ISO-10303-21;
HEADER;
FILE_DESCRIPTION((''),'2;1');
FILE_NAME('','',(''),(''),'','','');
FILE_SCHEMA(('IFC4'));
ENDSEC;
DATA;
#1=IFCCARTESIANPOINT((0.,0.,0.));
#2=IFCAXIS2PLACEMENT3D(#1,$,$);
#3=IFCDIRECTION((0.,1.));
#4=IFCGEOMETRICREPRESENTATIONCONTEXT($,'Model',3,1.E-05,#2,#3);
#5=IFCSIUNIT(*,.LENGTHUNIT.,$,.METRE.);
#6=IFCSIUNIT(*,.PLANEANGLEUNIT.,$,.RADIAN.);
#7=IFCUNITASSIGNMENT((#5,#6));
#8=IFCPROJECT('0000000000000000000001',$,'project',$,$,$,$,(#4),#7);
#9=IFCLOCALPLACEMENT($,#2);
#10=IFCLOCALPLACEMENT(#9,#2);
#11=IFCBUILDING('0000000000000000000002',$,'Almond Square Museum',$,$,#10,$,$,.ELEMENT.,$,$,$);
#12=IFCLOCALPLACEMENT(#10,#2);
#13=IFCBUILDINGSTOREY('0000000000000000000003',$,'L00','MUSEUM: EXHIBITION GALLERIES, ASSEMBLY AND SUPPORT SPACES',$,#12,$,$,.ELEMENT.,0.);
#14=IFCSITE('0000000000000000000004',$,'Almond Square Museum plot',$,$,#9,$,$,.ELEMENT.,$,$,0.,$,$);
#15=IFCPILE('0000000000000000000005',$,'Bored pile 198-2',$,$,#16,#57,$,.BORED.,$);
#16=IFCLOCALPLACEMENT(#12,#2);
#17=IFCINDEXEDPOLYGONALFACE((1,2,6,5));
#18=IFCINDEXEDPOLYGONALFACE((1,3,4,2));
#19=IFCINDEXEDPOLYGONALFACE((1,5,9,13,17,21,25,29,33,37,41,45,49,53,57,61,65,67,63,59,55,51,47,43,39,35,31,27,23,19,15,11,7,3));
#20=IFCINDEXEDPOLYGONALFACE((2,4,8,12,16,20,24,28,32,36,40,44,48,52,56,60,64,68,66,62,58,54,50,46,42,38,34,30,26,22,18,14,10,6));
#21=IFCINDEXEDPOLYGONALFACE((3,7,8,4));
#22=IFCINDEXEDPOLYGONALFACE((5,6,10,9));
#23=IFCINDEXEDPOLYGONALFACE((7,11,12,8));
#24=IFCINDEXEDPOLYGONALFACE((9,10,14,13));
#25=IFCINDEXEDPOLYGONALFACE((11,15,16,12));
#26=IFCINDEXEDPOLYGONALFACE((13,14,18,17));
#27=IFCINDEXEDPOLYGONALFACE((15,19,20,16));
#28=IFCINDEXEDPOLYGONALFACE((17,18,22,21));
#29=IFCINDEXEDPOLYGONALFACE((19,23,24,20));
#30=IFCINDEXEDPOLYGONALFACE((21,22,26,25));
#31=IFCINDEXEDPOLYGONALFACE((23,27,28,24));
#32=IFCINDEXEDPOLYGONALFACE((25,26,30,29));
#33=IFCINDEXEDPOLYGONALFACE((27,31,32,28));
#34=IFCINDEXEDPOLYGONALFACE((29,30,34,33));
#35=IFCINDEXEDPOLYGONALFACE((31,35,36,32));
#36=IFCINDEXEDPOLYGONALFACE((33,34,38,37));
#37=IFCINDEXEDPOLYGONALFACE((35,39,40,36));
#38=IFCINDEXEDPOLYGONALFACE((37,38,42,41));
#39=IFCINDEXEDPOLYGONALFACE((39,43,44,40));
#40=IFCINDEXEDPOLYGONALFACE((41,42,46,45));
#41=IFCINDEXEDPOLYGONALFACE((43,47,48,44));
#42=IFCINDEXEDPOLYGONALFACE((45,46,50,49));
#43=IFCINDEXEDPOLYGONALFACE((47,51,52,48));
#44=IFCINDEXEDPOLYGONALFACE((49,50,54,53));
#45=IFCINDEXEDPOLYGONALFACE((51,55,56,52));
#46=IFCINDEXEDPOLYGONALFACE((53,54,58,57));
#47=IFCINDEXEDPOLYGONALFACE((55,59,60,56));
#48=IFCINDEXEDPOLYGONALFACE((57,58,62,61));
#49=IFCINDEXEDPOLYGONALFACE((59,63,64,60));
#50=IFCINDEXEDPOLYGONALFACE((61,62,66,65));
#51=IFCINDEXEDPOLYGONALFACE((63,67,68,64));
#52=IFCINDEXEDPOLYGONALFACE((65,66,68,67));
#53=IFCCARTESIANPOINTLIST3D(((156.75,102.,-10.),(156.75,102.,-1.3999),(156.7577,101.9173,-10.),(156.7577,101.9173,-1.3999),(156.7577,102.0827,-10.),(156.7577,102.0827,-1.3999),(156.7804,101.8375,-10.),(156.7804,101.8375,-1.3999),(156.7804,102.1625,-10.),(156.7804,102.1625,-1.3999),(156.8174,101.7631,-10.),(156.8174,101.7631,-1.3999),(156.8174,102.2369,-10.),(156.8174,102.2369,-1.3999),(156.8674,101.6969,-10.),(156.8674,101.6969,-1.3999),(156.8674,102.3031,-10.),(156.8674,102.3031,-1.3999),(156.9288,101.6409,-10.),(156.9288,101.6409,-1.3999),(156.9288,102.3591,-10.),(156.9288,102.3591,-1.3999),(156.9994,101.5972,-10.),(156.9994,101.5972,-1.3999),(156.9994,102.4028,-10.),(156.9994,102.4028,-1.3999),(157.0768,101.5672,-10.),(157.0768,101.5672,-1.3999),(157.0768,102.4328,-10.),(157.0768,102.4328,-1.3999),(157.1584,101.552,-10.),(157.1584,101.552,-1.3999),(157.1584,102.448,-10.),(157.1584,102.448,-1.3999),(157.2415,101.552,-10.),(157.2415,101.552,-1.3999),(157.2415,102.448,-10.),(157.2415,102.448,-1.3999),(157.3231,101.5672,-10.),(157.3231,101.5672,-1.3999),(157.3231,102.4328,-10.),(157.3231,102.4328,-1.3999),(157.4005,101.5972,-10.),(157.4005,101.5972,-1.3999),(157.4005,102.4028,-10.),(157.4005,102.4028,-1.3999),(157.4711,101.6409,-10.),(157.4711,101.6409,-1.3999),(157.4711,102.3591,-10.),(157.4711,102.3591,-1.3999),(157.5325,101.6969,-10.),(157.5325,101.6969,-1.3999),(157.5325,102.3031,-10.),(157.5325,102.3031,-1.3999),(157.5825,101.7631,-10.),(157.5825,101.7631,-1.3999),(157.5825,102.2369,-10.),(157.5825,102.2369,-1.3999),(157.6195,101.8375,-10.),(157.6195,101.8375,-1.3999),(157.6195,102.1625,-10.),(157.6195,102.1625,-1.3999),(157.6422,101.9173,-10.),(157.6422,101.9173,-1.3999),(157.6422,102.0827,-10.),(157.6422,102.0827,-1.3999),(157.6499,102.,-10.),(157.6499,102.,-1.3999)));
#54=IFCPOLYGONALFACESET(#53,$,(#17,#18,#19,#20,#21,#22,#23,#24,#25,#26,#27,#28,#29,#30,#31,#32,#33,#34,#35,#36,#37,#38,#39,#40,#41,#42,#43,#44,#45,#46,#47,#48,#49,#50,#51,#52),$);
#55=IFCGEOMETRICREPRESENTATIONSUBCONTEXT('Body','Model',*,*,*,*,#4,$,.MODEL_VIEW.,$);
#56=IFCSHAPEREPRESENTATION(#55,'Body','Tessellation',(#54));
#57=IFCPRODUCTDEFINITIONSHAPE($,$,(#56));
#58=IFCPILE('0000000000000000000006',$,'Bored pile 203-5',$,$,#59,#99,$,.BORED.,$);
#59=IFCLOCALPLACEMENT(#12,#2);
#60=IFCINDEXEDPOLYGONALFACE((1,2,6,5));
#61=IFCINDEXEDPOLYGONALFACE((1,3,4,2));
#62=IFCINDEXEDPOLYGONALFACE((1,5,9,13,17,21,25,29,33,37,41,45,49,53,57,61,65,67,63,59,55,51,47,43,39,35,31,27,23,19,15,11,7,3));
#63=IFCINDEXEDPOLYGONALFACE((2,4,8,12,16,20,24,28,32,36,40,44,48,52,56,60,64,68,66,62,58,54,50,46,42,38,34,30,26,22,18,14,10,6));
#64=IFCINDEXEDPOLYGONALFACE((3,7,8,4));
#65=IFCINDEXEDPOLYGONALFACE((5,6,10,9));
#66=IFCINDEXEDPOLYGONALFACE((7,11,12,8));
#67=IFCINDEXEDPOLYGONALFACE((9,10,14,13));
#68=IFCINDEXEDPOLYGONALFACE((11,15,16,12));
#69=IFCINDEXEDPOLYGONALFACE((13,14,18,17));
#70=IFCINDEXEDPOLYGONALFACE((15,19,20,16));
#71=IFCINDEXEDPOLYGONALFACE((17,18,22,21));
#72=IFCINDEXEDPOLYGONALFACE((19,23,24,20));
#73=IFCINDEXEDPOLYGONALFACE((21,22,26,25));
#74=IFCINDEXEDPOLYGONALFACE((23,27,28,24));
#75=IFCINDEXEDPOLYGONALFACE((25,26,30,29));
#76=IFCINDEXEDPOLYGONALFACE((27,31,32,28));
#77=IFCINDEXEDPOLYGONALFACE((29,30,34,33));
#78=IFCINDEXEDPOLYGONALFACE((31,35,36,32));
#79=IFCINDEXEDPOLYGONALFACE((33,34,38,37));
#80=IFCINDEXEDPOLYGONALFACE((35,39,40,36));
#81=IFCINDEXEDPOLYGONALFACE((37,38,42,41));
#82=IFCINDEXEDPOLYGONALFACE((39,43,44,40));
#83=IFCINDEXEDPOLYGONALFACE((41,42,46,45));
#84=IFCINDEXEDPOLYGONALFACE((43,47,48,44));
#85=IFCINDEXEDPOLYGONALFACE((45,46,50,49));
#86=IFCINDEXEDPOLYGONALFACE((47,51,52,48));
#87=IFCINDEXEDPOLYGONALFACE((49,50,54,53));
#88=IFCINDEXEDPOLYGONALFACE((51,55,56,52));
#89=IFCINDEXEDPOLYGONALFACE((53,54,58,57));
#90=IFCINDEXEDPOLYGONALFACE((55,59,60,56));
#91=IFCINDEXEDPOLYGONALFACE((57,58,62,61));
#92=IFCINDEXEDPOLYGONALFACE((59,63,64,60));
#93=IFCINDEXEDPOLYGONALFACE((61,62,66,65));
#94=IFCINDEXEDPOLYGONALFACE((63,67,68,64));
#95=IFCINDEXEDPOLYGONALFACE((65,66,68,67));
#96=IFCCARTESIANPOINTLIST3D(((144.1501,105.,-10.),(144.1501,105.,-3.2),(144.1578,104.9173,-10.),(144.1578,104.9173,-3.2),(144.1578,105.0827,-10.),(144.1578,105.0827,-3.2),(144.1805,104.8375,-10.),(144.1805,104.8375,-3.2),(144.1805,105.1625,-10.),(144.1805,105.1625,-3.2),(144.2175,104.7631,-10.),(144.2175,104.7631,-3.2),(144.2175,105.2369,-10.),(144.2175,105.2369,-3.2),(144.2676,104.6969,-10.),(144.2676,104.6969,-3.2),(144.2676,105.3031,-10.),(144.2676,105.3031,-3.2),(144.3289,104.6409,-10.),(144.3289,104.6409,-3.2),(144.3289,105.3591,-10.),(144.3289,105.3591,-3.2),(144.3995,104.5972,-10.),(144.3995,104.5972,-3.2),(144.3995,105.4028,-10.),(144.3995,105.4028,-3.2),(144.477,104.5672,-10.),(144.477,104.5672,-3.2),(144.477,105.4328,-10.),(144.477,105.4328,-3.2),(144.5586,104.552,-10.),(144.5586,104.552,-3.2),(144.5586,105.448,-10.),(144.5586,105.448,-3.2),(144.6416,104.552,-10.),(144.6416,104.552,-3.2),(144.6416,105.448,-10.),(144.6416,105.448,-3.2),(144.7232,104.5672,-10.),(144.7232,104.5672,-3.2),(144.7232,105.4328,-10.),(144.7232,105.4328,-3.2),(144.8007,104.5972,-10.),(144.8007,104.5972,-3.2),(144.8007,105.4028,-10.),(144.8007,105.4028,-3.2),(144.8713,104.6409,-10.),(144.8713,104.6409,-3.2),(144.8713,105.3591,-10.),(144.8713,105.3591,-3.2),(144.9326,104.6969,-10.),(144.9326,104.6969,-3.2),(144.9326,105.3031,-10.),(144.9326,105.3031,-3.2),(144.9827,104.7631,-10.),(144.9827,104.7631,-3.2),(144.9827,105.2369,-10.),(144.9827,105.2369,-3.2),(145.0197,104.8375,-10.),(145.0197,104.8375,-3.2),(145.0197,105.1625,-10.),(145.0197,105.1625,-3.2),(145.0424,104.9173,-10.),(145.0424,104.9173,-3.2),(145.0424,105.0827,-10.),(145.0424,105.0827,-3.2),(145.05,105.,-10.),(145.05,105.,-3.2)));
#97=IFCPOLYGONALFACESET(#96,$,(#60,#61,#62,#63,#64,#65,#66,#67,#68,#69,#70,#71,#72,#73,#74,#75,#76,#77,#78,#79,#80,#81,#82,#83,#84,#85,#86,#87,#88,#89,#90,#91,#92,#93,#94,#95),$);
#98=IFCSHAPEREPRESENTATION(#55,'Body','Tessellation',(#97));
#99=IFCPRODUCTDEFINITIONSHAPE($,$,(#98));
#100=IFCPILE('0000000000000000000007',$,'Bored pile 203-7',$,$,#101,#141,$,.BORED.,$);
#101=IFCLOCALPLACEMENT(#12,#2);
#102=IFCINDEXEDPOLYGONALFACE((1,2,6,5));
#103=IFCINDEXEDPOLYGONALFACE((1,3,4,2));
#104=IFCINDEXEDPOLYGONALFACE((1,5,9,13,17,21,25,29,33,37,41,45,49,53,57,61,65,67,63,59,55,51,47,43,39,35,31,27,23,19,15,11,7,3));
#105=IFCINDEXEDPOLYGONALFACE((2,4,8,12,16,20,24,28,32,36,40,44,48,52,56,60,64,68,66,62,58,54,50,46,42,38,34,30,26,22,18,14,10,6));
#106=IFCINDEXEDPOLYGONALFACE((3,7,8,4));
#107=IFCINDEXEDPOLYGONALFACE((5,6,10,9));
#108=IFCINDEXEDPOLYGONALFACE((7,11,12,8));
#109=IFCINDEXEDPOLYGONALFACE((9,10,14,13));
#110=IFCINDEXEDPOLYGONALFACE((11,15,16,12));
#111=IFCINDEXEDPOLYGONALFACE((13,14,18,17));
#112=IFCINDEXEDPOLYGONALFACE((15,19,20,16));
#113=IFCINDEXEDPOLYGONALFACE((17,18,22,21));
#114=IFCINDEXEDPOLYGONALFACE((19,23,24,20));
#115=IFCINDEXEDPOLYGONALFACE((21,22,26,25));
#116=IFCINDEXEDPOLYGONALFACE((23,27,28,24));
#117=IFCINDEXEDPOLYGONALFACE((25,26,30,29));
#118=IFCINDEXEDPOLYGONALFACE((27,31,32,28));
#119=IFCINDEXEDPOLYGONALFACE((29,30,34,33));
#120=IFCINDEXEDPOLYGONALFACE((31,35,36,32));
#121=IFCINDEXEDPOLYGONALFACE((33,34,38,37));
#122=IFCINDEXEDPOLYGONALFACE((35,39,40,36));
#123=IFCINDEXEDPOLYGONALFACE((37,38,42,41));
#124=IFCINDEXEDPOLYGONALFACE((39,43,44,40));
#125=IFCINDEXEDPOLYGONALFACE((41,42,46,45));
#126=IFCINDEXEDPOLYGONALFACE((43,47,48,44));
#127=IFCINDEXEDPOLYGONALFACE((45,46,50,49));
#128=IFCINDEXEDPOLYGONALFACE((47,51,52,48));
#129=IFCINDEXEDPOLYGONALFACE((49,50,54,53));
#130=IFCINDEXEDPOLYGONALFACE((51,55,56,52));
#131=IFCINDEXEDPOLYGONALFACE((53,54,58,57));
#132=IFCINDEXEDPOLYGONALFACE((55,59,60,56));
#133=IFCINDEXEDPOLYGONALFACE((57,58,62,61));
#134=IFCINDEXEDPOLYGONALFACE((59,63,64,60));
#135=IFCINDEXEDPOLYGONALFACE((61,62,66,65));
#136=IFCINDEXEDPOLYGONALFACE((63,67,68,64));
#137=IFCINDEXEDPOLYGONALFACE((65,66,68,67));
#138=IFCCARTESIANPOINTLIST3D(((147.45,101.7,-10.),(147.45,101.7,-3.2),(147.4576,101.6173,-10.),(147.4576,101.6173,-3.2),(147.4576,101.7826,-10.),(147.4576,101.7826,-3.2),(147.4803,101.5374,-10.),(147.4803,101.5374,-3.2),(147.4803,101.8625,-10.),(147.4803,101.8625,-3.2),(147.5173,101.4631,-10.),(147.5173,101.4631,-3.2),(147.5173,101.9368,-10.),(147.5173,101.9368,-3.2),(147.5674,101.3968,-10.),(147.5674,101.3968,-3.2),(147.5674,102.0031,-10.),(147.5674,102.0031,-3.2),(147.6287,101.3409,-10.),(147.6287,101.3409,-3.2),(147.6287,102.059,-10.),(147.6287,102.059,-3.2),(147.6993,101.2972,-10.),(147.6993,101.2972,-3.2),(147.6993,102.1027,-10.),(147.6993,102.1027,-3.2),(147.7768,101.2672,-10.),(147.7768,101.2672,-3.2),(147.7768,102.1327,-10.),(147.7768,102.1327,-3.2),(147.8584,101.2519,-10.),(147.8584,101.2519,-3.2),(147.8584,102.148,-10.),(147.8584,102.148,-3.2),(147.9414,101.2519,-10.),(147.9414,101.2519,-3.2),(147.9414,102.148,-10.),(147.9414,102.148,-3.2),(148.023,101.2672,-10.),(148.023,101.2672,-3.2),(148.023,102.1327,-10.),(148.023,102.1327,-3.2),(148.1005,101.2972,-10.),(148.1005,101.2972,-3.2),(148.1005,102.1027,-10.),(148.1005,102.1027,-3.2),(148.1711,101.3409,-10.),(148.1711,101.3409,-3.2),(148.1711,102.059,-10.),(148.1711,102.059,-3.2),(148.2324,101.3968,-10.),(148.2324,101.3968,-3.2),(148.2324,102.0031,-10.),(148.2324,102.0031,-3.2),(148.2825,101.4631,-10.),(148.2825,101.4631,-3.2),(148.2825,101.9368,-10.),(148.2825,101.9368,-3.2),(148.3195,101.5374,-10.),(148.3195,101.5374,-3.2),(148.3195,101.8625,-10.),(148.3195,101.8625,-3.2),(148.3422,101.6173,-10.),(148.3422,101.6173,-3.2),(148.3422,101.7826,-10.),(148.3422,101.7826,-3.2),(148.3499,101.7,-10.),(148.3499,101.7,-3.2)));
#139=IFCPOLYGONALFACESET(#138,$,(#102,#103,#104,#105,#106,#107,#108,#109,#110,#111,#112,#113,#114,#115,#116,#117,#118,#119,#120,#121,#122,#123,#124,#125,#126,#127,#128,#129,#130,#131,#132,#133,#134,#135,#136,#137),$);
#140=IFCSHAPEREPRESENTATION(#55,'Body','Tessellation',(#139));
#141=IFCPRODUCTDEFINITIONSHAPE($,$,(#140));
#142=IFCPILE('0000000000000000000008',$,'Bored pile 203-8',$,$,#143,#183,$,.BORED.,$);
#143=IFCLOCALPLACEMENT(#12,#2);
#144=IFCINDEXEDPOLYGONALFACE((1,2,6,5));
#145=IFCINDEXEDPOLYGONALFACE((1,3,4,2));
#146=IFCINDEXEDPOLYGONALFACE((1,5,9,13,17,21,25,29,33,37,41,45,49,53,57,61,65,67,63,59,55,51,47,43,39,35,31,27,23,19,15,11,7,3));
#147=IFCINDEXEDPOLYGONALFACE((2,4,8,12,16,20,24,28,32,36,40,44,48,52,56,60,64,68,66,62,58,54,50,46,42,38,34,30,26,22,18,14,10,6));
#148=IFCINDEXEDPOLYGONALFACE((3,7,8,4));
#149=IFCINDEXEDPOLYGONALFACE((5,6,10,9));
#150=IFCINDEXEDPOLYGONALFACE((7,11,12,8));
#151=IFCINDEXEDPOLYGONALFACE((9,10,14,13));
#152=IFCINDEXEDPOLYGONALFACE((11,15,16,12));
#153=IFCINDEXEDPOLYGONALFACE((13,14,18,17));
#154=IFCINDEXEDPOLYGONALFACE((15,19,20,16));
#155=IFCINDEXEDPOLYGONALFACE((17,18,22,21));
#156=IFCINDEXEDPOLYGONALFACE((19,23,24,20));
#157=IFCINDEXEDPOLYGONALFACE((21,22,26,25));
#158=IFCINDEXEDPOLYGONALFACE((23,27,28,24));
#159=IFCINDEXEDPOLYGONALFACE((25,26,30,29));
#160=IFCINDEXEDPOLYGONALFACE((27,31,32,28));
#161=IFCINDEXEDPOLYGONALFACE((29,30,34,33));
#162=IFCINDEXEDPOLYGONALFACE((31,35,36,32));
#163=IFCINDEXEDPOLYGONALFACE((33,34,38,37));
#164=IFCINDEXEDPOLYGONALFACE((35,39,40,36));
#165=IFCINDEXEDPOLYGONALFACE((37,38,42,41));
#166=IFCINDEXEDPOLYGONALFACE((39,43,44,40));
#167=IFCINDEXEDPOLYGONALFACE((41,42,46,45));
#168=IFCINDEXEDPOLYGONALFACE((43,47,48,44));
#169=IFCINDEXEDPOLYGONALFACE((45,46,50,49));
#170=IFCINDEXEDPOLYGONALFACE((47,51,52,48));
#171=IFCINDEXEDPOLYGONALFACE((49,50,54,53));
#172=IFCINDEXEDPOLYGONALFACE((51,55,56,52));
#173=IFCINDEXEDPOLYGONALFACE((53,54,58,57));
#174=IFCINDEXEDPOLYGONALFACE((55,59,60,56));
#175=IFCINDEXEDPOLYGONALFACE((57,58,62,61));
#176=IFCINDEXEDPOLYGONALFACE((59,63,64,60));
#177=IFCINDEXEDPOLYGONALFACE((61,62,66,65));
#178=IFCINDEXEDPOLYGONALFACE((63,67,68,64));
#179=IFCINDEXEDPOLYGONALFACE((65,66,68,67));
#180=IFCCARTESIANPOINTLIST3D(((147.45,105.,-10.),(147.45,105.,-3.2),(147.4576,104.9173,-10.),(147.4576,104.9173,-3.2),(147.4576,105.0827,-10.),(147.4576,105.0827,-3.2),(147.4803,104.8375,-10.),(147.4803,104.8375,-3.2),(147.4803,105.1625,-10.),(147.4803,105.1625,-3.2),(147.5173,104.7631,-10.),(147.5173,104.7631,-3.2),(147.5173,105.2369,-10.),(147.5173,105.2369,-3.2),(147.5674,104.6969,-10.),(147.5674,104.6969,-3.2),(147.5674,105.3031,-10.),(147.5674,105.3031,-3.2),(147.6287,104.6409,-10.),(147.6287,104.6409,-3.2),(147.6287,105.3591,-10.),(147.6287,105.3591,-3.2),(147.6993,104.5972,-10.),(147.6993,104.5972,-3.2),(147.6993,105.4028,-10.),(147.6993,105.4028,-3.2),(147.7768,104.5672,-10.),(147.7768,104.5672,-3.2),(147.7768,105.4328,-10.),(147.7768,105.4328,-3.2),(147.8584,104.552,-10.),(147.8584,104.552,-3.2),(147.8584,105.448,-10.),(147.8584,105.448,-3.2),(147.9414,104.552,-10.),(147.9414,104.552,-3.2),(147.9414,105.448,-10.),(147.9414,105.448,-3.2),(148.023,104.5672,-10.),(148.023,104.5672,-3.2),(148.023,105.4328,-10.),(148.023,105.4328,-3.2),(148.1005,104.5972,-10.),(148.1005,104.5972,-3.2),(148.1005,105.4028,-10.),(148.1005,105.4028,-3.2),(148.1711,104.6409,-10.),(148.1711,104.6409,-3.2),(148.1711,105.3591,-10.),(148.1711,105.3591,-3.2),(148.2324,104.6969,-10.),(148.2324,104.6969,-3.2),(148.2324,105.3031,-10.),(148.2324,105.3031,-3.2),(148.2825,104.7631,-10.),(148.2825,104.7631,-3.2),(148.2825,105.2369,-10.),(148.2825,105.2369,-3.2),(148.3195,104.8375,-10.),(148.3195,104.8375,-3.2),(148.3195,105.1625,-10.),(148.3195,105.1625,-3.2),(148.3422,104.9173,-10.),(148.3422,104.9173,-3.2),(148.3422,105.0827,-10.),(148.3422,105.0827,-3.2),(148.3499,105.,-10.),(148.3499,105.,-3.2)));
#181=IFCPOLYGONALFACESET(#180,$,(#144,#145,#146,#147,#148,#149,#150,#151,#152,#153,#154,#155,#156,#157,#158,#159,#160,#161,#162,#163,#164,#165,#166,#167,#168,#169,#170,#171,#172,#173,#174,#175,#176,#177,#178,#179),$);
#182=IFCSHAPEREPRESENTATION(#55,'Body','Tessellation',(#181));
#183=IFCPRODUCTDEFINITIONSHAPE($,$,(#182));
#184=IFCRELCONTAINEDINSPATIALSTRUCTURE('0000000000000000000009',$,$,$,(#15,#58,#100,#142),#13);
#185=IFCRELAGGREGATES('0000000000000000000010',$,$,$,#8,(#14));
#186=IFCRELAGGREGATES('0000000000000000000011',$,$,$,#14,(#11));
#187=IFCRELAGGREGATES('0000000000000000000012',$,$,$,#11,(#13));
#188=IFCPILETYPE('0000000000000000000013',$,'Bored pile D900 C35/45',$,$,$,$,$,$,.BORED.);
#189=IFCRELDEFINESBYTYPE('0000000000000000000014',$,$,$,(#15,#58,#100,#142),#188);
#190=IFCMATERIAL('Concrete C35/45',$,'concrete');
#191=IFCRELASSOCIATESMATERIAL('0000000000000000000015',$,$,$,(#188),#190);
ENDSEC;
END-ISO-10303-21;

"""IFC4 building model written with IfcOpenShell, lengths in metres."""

from ifc_helpers import new_model, si_unit, direction, frame, origin, origin_2d, place, context, subcontext, project, spatial, circle, extrude, material, material_profile, profile_set, type_object, element, save


model = new_model("IFC4")

# Units and contexts
model_context = context("Model", 3, precision=1e-05, world=origin(), true_north=direction((0.0, 1.0)))
body_context = subcontext(model_context, "Body", "Model", "MODEL_VIEW")
ifc_project = project(units=[si_unit("LENGTHUNIT", "METRE"), si_unit("PLANEANGLEUNIT", "RADIAN")], contexts=[model_context])

# Site, building, storey
site_placement = place(None, origin())
site = spatial("IfcSite", under=ifc_project, at=site_placement, Name="Almond Square Museum plot", CompositionType="ELEMENT", RefElevation=0.0)
building_placement = place(site_placement, origin())
building = spatial("IfcBuilding", under=site, at=building_placement, Name="Almond Square Museum", CompositionType="ELEMENT")
storey_placement = place(building_placement, origin())
storey = spatial("IfcBuildingStorey", under=building, at=storey_placement, Name="L00", Description="MUSEUM: EXHIBITION GALLERIES, ASSEMBLY AND SUPPORT SPACES", CompositionType="ELEMENT", Elevation=0.0)

# Piles
ifc_material_1 = material(Name="Concrete C35/45", Category="concrete")
ifc_material_profile = material_profile(ifc_material_1, circle(Radius=0.45, at=origin_2d()))
ifc_profile_set = profile_set([ifc_material_profile], Name="Concrete C35/45")
pile_type = type_object("IfcPileType", Name="Bored pile D900 C35/45", PredefinedType="BORED", material=ifc_profile_set)
pile_placement = place(storey_placement, frame((157.2, 102.0, -1.3999), z_axis=(0.0, 0.0, -1.0), x_axis=(1.0, 0.0, 0.0)))
element("IfcPile", 1, at=pile_placement, inside=storey, type_object=pile_type, Name="Bored pile 198-2", PredefinedType="BORED", context=body_context, shape_type="SweptSolid", body=[
    extrude(circle(Radius=0.45, at=origin_2d()), origin(), (0.0, 0.0, 1.0), 8.6001),
])
for number, where, z_axis, x_axis, name in (
    (2, (144.6001, 105.0, -3.2), (0.0, 0.0, -1.0), (1.0, 0.0, 0.0), "Bored pile 203-5"),
    (3, (147.8999, 101.7, -3.2), (0.0, 0.0, -1.0), (1.0, 0.0, 0.0), "Bored pile 203-7"),
    (4, (147.8999, 105.0, -3.2), (0.0, 0.0, -1.0), (1.0, 0.0, 0.0), "Bored pile 203-8"),
):
    element("IfcPile", number, at=place(storey_placement, frame(where, z_axis=z_axis, x_axis=x_axis)), inside=storey, type_object=pile_type, Name=name, PredefinedType="BORED", context=body_context, shape_type="SweptSolid", body=[
        extrude(circle(Radius=0.45, at=origin_2d()), origin(), (0.0, 0.0, 1.0), 6.8),
    ])

save(model, "model.ifc")
